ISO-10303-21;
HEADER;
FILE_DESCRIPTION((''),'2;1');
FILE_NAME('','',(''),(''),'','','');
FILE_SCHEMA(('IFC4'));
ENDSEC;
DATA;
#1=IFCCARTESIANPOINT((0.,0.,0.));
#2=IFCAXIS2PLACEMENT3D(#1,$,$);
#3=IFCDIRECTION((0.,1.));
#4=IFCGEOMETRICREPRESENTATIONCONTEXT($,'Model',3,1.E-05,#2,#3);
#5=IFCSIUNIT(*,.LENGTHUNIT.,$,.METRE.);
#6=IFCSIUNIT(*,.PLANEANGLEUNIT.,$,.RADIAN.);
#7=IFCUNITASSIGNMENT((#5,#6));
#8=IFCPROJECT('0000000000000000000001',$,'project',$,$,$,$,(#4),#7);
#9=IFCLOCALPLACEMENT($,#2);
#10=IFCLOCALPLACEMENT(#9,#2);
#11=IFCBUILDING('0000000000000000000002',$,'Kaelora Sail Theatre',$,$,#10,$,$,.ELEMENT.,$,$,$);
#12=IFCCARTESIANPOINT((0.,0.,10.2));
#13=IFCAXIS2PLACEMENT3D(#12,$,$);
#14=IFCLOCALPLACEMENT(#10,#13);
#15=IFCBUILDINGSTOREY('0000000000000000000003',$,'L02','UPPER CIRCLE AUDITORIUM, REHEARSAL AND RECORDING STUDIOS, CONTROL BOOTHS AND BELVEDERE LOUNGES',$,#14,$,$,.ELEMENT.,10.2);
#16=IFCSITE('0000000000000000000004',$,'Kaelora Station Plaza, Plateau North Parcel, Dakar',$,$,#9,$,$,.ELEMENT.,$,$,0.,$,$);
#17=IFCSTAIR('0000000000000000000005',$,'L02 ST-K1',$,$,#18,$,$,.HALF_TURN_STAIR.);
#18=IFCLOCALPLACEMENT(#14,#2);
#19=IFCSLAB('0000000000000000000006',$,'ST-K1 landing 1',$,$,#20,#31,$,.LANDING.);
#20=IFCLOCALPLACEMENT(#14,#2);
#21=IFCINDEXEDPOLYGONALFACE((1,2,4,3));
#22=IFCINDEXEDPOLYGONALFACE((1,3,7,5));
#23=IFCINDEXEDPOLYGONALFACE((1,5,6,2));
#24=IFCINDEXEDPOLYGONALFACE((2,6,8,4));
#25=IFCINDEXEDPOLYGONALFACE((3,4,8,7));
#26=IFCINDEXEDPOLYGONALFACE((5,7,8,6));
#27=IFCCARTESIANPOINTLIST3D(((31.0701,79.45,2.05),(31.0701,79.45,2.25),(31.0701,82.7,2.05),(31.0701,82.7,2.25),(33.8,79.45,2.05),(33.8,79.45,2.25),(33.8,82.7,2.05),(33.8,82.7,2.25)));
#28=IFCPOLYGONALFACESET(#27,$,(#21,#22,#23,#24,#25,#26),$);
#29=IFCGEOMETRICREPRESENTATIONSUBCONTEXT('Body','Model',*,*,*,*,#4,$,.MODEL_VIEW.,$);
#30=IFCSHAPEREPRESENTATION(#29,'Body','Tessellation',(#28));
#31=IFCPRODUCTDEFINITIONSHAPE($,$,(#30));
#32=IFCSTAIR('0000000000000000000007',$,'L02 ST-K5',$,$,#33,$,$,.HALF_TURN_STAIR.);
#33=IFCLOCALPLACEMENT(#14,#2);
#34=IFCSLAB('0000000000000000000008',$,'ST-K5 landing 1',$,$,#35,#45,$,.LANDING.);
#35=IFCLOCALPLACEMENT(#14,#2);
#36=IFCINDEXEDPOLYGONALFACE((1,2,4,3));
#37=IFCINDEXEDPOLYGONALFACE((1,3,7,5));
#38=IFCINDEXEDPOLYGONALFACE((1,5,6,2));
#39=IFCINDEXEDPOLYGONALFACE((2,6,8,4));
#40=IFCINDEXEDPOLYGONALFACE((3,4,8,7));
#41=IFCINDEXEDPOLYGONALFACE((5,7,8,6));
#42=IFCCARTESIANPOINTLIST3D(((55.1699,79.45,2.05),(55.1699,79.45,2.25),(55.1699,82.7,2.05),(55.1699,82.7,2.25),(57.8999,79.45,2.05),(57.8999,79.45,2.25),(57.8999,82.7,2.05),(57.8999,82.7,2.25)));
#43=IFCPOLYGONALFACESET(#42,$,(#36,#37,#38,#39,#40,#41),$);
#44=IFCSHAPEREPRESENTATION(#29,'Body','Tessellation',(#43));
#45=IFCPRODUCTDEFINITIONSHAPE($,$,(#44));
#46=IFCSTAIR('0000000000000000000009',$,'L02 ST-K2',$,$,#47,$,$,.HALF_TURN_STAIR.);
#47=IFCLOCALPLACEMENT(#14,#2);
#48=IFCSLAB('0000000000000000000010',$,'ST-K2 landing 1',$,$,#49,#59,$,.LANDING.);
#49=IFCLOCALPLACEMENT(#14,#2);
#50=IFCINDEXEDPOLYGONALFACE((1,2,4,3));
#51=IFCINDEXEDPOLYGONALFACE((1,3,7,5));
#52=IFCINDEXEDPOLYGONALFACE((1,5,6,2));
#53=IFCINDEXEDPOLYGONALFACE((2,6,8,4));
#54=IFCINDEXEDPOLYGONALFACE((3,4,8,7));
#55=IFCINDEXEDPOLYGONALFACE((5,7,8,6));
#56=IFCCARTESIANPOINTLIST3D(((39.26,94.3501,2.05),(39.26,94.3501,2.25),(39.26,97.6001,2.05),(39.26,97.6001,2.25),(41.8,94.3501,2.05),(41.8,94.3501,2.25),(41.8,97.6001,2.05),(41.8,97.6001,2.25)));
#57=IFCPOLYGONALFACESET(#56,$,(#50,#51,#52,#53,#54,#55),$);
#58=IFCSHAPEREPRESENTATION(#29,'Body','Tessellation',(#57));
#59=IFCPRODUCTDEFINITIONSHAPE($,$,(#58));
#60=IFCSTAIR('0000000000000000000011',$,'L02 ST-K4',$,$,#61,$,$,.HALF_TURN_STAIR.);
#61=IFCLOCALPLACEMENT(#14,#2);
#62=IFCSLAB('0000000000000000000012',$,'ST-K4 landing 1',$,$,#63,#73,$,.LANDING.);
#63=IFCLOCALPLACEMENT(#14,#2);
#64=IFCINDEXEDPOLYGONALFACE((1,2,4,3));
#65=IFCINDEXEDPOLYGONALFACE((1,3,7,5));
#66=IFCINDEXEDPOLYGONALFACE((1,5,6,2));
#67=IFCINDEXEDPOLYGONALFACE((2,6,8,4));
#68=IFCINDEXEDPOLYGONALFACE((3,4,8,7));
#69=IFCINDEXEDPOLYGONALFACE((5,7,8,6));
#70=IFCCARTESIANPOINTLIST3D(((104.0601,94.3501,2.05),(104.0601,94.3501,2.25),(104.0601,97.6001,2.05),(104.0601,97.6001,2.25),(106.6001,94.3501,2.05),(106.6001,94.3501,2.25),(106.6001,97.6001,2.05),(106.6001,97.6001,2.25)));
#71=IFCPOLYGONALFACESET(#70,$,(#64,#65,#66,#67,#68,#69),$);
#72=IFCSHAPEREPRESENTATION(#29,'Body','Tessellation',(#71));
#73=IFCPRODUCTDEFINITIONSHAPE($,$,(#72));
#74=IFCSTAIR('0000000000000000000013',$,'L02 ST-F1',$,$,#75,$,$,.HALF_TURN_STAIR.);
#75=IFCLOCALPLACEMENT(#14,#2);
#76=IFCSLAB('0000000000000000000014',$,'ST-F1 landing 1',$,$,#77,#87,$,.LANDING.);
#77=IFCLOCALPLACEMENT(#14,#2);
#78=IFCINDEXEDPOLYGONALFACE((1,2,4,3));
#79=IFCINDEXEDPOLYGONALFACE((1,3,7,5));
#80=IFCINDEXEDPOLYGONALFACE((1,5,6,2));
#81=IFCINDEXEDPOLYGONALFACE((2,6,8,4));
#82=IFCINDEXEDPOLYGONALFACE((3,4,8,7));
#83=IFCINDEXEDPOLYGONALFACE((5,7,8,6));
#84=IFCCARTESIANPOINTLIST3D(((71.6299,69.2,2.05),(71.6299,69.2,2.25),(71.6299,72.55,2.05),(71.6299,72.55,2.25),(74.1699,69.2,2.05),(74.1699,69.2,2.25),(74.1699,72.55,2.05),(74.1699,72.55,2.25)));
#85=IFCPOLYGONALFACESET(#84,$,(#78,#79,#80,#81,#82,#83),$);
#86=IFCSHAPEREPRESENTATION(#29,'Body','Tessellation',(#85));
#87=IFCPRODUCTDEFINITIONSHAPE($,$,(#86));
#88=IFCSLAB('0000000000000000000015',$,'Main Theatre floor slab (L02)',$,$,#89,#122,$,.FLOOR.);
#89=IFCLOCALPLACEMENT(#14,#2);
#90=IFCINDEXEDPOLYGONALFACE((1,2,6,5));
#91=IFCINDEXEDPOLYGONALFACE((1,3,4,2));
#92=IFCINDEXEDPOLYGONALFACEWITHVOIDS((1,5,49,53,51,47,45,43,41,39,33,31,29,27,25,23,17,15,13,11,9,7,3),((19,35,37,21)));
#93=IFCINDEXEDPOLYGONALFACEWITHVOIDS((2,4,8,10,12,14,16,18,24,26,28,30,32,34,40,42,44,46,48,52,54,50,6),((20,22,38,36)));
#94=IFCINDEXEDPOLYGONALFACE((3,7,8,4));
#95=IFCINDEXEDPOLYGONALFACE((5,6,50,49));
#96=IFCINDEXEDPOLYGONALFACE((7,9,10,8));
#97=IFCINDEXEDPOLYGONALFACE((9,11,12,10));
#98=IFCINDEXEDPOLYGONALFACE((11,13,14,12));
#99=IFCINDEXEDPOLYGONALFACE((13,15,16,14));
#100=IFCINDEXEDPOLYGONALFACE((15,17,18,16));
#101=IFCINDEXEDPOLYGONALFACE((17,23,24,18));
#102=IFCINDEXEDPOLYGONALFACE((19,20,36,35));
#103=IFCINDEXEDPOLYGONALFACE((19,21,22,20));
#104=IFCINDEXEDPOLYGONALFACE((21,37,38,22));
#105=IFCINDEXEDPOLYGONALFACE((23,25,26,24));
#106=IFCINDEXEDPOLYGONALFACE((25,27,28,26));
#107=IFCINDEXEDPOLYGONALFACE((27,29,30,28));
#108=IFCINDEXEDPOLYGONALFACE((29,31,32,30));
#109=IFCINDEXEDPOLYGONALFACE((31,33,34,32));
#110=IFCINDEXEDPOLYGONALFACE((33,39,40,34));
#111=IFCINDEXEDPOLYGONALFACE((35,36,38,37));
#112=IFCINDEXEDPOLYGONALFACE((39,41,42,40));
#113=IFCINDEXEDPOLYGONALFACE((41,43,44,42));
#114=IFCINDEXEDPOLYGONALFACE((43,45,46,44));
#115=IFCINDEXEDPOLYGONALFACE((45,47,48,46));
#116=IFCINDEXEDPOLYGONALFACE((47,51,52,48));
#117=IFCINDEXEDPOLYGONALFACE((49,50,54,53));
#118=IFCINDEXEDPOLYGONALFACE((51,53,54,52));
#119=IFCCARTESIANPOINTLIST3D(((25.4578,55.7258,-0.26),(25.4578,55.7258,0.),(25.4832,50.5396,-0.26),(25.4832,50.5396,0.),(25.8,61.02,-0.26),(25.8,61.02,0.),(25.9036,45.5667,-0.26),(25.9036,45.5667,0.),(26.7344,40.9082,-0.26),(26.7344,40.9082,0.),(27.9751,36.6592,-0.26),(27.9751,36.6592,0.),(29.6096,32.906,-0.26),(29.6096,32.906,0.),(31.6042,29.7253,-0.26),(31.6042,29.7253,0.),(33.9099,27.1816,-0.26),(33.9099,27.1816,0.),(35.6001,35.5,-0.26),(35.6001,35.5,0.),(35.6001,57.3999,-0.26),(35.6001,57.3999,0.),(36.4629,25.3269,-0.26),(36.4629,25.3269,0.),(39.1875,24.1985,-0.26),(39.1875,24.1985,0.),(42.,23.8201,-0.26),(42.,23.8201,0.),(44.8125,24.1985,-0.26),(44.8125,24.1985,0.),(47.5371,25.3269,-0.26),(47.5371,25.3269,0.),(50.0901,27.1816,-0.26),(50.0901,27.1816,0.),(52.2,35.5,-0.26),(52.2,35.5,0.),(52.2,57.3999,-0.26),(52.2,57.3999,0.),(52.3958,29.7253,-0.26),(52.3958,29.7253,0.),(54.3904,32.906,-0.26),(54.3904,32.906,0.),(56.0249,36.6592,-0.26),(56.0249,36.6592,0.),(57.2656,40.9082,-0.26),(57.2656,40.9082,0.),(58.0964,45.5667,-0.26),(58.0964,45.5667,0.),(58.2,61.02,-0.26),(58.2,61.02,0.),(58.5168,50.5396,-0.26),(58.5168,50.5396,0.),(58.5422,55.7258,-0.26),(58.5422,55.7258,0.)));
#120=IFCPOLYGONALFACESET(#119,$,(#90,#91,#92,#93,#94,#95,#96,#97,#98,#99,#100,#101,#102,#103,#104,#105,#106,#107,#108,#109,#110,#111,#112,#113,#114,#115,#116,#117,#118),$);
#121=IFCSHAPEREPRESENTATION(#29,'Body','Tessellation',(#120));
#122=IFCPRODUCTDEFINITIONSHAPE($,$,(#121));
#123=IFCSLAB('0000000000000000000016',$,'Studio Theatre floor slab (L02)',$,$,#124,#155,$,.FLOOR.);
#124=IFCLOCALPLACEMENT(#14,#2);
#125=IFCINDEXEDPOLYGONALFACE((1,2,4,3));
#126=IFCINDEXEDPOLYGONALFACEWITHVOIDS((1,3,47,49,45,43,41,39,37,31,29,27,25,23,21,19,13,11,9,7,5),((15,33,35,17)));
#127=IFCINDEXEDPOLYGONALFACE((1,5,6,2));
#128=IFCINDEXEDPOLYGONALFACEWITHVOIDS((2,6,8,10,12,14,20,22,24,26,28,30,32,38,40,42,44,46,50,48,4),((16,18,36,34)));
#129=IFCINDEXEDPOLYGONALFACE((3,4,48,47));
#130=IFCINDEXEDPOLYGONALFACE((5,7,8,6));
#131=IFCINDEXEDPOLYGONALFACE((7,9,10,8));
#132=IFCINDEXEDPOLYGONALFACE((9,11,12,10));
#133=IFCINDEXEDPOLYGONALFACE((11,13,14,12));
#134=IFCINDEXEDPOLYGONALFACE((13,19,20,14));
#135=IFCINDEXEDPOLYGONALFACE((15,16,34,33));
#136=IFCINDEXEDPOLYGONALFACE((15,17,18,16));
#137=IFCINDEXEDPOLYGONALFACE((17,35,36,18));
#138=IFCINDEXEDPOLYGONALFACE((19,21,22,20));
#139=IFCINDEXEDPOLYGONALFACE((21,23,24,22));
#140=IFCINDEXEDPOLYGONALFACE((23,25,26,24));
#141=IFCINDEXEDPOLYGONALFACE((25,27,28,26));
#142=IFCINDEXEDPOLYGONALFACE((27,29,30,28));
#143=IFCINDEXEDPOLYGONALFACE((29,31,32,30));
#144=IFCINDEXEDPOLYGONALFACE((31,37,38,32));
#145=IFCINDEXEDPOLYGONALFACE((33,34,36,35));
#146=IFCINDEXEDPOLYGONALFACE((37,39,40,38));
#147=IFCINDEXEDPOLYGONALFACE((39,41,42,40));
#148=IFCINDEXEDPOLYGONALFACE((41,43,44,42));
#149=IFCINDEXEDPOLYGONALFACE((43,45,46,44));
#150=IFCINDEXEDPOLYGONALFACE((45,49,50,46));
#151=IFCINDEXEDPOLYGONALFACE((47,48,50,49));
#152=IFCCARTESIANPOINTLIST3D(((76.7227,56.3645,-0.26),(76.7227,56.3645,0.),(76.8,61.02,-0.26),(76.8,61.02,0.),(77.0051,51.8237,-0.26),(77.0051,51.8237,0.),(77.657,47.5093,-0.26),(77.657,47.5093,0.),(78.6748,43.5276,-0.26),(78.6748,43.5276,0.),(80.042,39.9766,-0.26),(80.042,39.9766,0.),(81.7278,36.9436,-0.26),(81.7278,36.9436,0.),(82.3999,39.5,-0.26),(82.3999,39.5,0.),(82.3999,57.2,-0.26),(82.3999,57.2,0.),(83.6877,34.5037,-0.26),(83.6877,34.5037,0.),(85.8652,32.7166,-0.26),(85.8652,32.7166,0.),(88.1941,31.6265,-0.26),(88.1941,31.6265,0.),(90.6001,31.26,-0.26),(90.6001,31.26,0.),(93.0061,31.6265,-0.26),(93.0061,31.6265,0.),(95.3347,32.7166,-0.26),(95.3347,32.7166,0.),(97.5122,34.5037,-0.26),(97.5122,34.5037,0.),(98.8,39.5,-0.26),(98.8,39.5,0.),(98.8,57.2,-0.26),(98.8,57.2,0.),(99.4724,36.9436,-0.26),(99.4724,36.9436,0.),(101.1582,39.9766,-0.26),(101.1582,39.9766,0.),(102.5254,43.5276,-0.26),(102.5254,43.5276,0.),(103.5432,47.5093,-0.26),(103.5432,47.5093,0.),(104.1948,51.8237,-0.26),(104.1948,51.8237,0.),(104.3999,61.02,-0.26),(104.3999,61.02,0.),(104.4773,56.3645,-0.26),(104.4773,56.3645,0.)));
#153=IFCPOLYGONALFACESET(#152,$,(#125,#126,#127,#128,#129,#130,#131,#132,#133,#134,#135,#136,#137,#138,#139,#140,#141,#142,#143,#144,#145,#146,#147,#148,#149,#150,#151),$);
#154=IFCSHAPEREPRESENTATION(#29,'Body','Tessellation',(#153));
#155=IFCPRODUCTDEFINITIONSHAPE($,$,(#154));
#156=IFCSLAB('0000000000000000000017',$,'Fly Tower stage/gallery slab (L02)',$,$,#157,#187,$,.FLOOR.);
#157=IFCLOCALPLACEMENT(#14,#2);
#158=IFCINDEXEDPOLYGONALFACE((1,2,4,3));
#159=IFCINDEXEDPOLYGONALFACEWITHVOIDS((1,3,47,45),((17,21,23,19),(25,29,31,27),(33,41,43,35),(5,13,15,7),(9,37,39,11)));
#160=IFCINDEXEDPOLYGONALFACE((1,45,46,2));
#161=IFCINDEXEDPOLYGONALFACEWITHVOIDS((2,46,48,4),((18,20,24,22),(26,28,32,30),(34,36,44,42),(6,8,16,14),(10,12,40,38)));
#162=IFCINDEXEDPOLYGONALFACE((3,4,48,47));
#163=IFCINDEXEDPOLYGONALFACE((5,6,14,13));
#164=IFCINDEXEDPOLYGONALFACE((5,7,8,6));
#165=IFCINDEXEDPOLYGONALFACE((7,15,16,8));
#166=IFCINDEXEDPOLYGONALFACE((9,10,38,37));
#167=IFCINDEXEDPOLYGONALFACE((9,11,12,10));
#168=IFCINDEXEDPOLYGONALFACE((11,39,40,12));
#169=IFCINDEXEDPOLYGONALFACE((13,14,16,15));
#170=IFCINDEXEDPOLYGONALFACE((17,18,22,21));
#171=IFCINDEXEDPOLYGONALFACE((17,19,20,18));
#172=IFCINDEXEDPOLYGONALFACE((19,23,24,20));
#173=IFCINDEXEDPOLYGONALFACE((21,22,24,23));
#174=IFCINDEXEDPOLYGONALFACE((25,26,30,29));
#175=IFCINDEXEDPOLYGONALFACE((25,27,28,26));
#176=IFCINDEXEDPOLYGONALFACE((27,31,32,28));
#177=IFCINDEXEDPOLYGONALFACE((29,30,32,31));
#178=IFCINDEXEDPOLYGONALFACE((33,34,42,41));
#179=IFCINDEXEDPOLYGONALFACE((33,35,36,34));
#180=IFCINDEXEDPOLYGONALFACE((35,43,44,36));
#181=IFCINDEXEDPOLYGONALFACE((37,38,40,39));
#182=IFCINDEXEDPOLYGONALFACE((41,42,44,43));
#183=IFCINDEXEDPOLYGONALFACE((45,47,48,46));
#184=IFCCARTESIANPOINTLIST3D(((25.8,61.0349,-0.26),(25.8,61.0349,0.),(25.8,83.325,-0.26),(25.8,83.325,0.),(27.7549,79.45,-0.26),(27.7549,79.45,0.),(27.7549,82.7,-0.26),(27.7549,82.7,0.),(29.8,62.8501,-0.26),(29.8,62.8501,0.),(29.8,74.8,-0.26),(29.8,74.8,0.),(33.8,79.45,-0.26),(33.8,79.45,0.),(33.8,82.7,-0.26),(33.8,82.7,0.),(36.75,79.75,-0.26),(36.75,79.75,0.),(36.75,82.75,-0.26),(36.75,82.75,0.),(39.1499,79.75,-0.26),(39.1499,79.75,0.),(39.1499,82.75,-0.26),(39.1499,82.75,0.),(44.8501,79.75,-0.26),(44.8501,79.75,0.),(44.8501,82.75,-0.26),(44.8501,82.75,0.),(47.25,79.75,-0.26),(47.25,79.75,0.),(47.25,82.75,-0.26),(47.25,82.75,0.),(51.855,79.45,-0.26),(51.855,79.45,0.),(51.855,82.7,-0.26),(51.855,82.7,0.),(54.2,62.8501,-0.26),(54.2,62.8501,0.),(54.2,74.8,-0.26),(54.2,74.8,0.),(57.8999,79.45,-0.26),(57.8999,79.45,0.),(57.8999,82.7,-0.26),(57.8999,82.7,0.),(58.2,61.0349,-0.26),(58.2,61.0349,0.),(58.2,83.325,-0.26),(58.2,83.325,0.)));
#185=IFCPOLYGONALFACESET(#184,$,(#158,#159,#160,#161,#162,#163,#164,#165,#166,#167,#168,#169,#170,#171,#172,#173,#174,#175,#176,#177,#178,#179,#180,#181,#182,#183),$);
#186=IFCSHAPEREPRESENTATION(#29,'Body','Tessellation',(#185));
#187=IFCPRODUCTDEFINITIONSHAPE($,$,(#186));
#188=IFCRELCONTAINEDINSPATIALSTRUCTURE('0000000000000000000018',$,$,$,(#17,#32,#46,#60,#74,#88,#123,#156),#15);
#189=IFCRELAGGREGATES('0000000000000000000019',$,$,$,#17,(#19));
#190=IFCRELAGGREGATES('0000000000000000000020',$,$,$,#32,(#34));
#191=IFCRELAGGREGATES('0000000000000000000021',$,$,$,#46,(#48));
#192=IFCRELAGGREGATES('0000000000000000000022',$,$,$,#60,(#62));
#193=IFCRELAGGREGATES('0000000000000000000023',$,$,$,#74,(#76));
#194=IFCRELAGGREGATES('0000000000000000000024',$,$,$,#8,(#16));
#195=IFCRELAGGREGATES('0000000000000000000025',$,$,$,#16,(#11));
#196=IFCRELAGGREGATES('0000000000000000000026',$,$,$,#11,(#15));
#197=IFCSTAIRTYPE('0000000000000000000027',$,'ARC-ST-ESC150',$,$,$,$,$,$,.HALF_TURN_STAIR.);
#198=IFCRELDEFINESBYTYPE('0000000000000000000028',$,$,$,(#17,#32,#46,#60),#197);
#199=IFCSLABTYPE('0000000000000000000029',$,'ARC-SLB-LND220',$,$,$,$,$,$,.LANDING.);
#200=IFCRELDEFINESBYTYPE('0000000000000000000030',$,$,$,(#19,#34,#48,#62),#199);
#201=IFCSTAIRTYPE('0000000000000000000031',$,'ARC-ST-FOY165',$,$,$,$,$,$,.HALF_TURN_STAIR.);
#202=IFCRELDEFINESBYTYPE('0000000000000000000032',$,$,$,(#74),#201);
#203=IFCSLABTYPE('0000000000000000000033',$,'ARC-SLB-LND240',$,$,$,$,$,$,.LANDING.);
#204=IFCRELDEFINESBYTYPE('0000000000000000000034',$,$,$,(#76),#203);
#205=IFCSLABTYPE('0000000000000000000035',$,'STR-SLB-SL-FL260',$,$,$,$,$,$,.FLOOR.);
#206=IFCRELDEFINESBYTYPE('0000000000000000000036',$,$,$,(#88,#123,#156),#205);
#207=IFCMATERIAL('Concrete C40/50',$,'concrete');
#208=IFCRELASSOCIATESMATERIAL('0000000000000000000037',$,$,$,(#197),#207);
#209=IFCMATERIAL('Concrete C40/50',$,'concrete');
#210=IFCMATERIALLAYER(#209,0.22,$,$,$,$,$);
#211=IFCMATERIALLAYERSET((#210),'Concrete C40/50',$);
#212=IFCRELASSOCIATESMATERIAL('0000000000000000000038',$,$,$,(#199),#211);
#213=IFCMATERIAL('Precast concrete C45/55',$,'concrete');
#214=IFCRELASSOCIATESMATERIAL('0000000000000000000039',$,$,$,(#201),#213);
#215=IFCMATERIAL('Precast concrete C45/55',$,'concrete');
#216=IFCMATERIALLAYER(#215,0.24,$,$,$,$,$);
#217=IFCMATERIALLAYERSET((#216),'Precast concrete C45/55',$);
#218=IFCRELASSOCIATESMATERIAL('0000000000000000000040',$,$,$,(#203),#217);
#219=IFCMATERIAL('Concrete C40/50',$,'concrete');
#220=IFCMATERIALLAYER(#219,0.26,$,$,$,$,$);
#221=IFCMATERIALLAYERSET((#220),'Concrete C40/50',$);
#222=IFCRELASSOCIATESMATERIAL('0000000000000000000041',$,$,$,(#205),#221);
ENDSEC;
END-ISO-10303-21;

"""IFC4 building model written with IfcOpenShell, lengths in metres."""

from ifc_helpers import new_model, si_unit, direction, frame, origin, place, context, subcontext, project, spatial, polyline, outline, extrude, material, layer, layer_set, type_object, element, aggregate, save


model = new_model("IFC4")

# Units and contexts
model_context = context("Model", 3, precision=1e-05, world=origin(), true_north=direction((0.0, 1.0)))
body_context = subcontext(model_context, "Body", "Model", "MODEL_VIEW")
ifc_project = project(units=[si_unit("LENGTHUNIT", "METRE"), si_unit("PLANEANGLEUNIT", "RADIAN")], contexts=[model_context])

# Site, building, storey
site_placement = place(None, origin())
site = spatial("IfcSite", under=ifc_project, at=site_placement, Name="Kaelora Station Plaza, Plateau North Parcel, Dakar", CompositionType="ELEMENT", RefElevation=0.0)
building_placement = place(site_placement, origin())
building = spatial("IfcBuilding", under=site, at=building_placement, Name="Kaelora Sail Theatre", CompositionType="ELEMENT")
storey_placement = place(building_placement, frame((0.0, 0.0, 10.2)))
storey = spatial("IfcBuildingStorey", under=building, at=storey_placement, Name="L02", Description="UPPER CIRCLE AUDITORIUM, REHEARSAL AND RECORDING STUDIOS, CONTROL BOOTHS AND BELVEDERE LOUNGES", CompositionType="ELEMENT", Elevation=10.2)

# Stairs, slabs
ifc_material_1 = material(Name="Concrete C40/50", Category="concrete")
stair_type_1 = type_object("IfcStairType", Name="ARC-ST-ESC150", PredefinedType="HALF_TURN_STAIR", material=ifc_material_1)
stair_1_placement = place(storey_placement, origin())
stair_1 = element("IfcStair", 1, at=stair_1_placement, inside=storey, type_object=stair_type_1, Name="L02 ST-K1", PredefinedType="HALF_TURN_STAIR")
ifc_material_2 = material(Name="Concrete C40/50", Category="concrete")
ifc_layer_1 = layer(ifc_material_2, 0.22)
ifc_layer_set_1 = layer_set([ifc_layer_1], Name="Concrete C40/50")
slab_type_1 = type_object("IfcSlabType", Name="ARC-SLB-LND220", PredefinedType="LANDING", material=ifc_layer_set_1)
slab_1_placement = place(storey_placement, frame((0.0, 0.0, 2.05)))
slab_1 = element("IfcSlab", 2, at=slab_1_placement, type_object=slab_type_1, Name="ST-K1 landing 1", PredefinedType="LANDING", context=body_context, shape_type="SweptSolid", body=[
    extrude(outline(polyline([(31.0701, 79.45), (33.8, 79.45), (33.8, 82.7), (31.0701, 82.7), (31.0701, 79.45)])), origin(), (0.0, 0.0, 1.0), 0.2),
])
aggregate(stair_1, [slab_1])
stair_2_placement = place(storey_placement, origin())
stair_2 = element("IfcStair", 3, at=stair_2_placement, inside=storey, type_object=stair_type_1, Name="L02 ST-K5", PredefinedType="HALF_TURN_STAIR")
slab_2_placement = place(storey_placement, frame((0.0, 0.0, 2.05)))
slab_2 = element("IfcSlab", 4, at=slab_2_placement, type_object=slab_type_1, Name="ST-K5 landing 1", PredefinedType="LANDING", context=body_context, shape_type="SweptSolid", body=[
    extrude(outline(polyline([(55.1699, 79.45), (57.8999, 79.45), (57.8999, 82.7), (55.1699, 82.7), (55.1699, 79.45)])), origin(), (0.0, 0.0, 1.0), 0.2),
])
aggregate(stair_2, [slab_2])
stair_3_placement = place(storey_placement, origin())
stair_3 = element("IfcStair", 5, at=stair_3_placement, inside=storey, type_object=stair_type_1, Name="L02 ST-K2", PredefinedType="HALF_TURN_STAIR")
slab_3_placement = place(storey_placement, frame((0.0, 0.0, 2.05)))
slab_3 = element("IfcSlab", 6, at=slab_3_placement, type_object=slab_type_1, Name="ST-K2 landing 1", PredefinedType="LANDING", context=body_context, shape_type="SweptSolid", body=[
    extrude(outline(polyline([(39.26, 94.3501), (41.8, 94.3501), (41.8, 97.6001), (39.26, 97.6001), (39.26, 94.3501)])), origin(), (0.0, 0.0, 1.0), 0.2),
])
aggregate(stair_3, [slab_3])
stair_4_placement = place(storey_placement, origin())
stair_4 = element("IfcStair", 7, at=stair_4_placement, inside=storey, type_object=stair_type_1, Name="L02 ST-K4", PredefinedType="HALF_TURN_STAIR")
slab_4_placement = place(storey_placement, frame((0.0, 0.0, 2.05)))
slab_4 = element("IfcSlab", 8, at=slab_4_placement, type_object=slab_type_1, Name="ST-K4 landing 1", PredefinedType="LANDING", context=body_context, shape_type="SweptSolid", body=[
    extrude(outline(polyline([(104.0601, 94.3501), (106.6001, 94.3501), (106.6001, 97.6001), (104.0601, 97.6001), (104.0601, 94.3501)])), origin(), (0.0, 0.0, 1.0), 0.2),
])
aggregate(stair_4, [slab_4])
ifc_material_3 = material(Name="Precast concrete C45/55", Category="concrete")
stair_type_2 = type_object("IfcStairType", Name="ARC-ST-FOY165", PredefinedType="HALF_TURN_STAIR", material=ifc_material_3)
stair_5_placement = place(storey_placement, origin())
stair_5 = element("IfcStair", 9, at=stair_5_placement, inside=storey, type_object=stair_type_2, Name="L02 ST-F1", PredefinedType="HALF_TURN_STAIR")
ifc_material_4 = material(Name="Precast concrete C45/55", Category="concrete")
ifc_layer_2 = layer(ifc_material_4, 0.24)
ifc_layer_set_2 = layer_set([ifc_layer_2], Name="Precast concrete C45/55")
slab_type_2 = type_object("IfcSlabType", Name="ARC-SLB-LND240", PredefinedType="LANDING", material=ifc_layer_set_2)
slab_5_placement = place(storey_placement, frame((0.0, 0.0, 2.05)))
slab_5 = element("IfcSlab", 10, at=slab_5_placement, type_object=slab_type_2, Name="ST-F1 landing 1", PredefinedType="LANDING", context=body_context, shape_type="SweptSolid", body=[
    extrude(outline(polyline([(71.6299, 69.2), (74.1699, 69.2), (74.1699, 72.55), (71.6299, 72.55), (71.6299, 69.2)])), origin(), (0.0, 0.0, 1.0), 0.2),
])
aggregate(stair_5, [slab_5])

# Slabs
ifc_material_5 = material(Name="Concrete C40/50", Category="concrete")
ifc_layer_3 = layer(ifc_material_5, 0.26)
ifc_layer_set_3 = layer_set([ifc_layer_3], Name="Concrete C40/50")
slab_type_3 = type_object("IfcSlabType", Name="STR-SLB-SL-FL260", PredefinedType="FLOOR", material=ifc_layer_set_3)
slab_6_placement = place(storey_placement, frame((0.0, 0.0, -0.26)))
element("IfcSlab", 11, at=slab_6_placement, inside=storey, type_object=slab_type_3, Name="Main Theatre floor slab (L02)", PredefinedType="FLOOR", context=body_context, shape_type="SweptSolid", body=[
    extrude(outline(polyline([(58.2, 61.02), (58.5422, 55.7258), (58.5168, 50.5396), (58.0964, 45.5667), (57.2656, 40.9082), (56.0249, 36.6592), (54.3904, 32.906), (52.3958, 29.7253), (50.0901, 27.1816), (47.5371, 25.3269), (44.8125, 24.1985), (42.0, 23.8201), (39.1875, 24.1985), (36.4629, 25.3269), (33.9099, 27.1816), (31.6042, 29.7253), (29.6096, 32.906), (27.9751, 36.6592), (26.7344, 40.9082), (25.9036, 45.5667), (25.4832, 50.5396), (25.4578, 55.7258), (25.8, 61.02), (58.2, 61.02)]), holes=[polyline([(35.6001, 35.5), (52.2, 35.5), (52.2, 57.3999), (35.6001, 57.3999), (35.6001, 35.5)])]), origin(), (0.0, 0.0, 1.0), 0.26),
])
slab_7_placement = place(storey_placement, frame((0.0, 0.0, -0.26)))
element("IfcSlab", 12, at=slab_7_placement, inside=storey, type_object=slab_type_3, Name="Studio Theatre floor slab (L02)", PredefinedType="FLOOR", context=body_context, shape_type="SweptSolid", body=[
    extrude(outline(polyline([(104.3999, 61.02), (104.4773, 56.3645), (104.1948, 51.8237), (103.5432, 47.5093), (102.5254, 43.5276), (101.1582, 39.9766), (99.4724, 36.9436), (97.5122, 34.5037), (95.3347, 32.7166), (93.0061, 31.6265), (90.6001, 31.26), (88.1941, 31.6265), (85.8652, 32.7166), (83.6877, 34.5037), (81.7278, 36.9436), (80.042, 39.9766), (78.6748, 43.5276), (77.657, 47.5093), (77.0051, 51.8237), (76.7227, 56.3645), (76.8, 61.02), (104.3999, 61.02)]), holes=[polyline([(82.3999, 39.5), (98.8, 39.5), (98.8, 57.2), (82.3999, 57.2), (82.3999, 39.5)])]), origin(), (0.0, 0.0, 1.0), 0.26),
])
slab_8_placement = place(storey_placement, frame((0.0, 0.0, -0.26)))
element("IfcSlab", 13, at=slab_8_placement, inside=storey, type_object=slab_type_3, Name="Fly Tower stage/gallery slab (L02)", PredefinedType="FLOOR", context=body_context, shape_type="SweptSolid", body=[
    extrude(outline(polyline([(25.8, 61.0349), (58.2, 61.0349), (58.2, 83.325), (25.8, 83.325), (25.8, 61.0349)]), holes=[polyline([(27.7549, 79.45), (33.8, 79.45), (33.8, 82.7), (27.7549, 82.7), (27.7549, 79.45)]), polyline([(51.855, 79.45), (57.8999, 79.45), (57.8999, 82.7), (51.855, 82.7), (51.855, 79.45)]), polyline([(36.75, 79.75), (39.1499, 79.75), (39.1499, 82.75), (36.75, 82.75), (36.75, 79.75)]), polyline([(44.8501, 79.75), (47.25, 79.75), (47.25, 82.75), (44.8501, 82.75), (44.8501, 79.75)]), polyline([(29.8, 62.8501), (54.2, 62.8501), (54.2, 74.8), (29.8, 74.8), (29.8, 62.8501)])]), origin(), (0.0, 0.0, 1.0), 0.26),
])

save(model, "model.ifc")
